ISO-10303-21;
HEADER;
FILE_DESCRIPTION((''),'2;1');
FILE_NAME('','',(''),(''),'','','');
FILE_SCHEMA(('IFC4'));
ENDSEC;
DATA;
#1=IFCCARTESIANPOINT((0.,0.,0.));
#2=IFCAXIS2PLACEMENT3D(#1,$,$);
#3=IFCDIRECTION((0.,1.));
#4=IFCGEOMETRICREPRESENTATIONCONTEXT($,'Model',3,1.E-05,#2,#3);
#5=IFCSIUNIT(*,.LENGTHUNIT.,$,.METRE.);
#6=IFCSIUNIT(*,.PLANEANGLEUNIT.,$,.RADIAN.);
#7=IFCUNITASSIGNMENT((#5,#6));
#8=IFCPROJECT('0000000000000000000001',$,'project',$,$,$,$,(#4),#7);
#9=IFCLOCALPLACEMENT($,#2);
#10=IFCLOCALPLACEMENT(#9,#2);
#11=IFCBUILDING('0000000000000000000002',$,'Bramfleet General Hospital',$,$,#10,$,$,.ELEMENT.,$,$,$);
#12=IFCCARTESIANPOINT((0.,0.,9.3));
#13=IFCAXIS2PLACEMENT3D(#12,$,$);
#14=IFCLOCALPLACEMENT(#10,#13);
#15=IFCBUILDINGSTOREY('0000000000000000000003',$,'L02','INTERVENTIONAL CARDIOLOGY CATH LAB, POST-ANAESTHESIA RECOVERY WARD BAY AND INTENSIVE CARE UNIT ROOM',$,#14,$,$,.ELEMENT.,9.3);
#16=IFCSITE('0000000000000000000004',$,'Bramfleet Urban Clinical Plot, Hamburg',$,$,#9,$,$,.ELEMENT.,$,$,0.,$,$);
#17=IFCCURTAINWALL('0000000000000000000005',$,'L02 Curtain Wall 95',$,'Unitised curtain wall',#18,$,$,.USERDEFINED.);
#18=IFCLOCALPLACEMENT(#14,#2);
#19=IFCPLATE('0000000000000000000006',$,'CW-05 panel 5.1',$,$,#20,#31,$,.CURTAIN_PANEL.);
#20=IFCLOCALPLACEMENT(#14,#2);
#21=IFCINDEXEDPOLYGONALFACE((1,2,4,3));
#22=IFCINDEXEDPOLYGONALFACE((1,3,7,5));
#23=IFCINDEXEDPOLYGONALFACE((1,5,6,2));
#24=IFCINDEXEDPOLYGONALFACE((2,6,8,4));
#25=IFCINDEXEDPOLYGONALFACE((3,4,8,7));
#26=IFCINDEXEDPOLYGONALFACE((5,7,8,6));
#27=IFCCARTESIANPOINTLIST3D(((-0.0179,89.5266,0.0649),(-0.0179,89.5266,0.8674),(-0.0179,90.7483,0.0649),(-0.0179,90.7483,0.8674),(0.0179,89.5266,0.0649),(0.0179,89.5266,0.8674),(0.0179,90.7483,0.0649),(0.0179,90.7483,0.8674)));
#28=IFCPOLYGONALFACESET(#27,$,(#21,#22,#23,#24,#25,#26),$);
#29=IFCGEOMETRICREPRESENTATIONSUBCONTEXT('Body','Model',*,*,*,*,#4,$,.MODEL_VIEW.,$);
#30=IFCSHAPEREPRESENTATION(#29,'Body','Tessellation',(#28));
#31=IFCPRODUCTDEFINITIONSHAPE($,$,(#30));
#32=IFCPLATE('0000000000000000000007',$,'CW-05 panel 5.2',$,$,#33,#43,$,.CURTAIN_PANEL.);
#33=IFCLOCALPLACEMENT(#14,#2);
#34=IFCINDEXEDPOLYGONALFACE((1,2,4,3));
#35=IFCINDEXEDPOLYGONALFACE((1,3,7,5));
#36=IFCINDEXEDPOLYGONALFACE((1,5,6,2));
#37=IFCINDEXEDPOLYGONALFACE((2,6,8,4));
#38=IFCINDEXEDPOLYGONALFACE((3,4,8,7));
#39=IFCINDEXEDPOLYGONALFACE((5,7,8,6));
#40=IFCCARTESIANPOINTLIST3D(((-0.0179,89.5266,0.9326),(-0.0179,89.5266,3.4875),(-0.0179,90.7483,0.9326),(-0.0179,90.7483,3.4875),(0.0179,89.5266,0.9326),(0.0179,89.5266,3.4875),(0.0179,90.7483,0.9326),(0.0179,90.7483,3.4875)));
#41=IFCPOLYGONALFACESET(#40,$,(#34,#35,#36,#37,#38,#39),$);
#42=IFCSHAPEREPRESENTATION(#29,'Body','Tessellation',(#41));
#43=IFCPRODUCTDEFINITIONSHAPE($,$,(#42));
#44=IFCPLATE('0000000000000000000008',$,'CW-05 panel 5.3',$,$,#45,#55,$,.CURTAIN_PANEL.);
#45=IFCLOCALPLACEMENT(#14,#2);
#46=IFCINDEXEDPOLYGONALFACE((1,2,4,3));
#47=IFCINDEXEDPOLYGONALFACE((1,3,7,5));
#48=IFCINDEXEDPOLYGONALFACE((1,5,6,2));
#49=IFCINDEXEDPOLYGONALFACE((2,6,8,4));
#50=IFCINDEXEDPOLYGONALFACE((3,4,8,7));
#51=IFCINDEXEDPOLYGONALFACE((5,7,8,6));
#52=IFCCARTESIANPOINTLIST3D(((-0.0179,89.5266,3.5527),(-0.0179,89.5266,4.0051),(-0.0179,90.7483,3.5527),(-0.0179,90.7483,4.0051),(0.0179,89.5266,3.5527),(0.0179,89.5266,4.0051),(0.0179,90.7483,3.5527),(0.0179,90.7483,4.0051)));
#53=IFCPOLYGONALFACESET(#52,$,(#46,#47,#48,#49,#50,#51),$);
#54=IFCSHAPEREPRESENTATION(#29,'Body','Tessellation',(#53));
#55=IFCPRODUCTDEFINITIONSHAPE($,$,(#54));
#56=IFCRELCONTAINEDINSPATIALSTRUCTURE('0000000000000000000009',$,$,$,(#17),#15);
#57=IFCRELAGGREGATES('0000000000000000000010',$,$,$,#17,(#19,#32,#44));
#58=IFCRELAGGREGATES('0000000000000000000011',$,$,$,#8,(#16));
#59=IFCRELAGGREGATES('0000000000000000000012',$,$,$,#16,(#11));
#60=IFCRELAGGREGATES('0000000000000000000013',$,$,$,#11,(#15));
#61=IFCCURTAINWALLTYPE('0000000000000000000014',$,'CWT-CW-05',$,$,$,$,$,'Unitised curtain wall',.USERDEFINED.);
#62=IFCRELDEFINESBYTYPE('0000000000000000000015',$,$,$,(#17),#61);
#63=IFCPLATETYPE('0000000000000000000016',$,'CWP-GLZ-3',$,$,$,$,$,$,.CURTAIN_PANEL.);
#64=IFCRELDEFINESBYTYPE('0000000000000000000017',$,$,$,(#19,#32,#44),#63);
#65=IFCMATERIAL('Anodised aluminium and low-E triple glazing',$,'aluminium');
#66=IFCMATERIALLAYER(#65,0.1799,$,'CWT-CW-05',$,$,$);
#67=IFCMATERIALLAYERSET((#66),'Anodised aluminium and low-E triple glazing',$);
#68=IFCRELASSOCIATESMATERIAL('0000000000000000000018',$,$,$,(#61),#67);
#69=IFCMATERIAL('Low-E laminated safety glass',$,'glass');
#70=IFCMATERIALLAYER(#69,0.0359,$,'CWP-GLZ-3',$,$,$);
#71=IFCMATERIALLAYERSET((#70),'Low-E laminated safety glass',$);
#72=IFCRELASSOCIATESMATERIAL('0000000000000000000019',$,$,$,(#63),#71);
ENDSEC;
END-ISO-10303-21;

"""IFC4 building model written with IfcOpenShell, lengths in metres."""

from ifc_helpers import new_model, si_unit, direction, frame, origin, origin_2d, place, context, subcontext, project, spatial, rectangle, extrude, material, layer, layer_set, type_object, element, aggregate, save


model = new_model("IFC4")

# Units and contexts
model_context = context("Model", 3, precision=1e-05, world=origin(), true_north=direction((0.0, 1.0)))
body_context = subcontext(model_context, "Body", "Model", "MODEL_VIEW")
ifc_project = project(units=[si_unit("LENGTHUNIT", "METRE"), si_unit("PLANEANGLEUNIT", "RADIAN")], contexts=[model_context])

# Site, building, storey
site_placement = place(None, origin())
site = spatial("IfcSite", under=ifc_project, at=site_placement, Name="Bramfleet Urban Clinical Plot, Hamburg", CompositionType="ELEMENT", RefElevation=0.0)
building_placement = place(site_placement, origin())
building = spatial("IfcBuilding", under=site, at=building_placement, Name="Bramfleet General Hospital", CompositionType="ELEMENT")
storey_placement = place(building_placement, frame((0.0, 0.0, 9.3)))
storey = spatial("IfcBuildingStorey", under=building, at=storey_placement, Name="L02", Description="INTERVENTIONAL CARDIOLOGY CATH LAB, POST-ANAESTHESIA RECOVERY WARD BAY AND INTENSIVE CARE UNIT ROOM", CompositionType="ELEMENT", Elevation=9.3)

# Curtain wall, plates
ifc_material_1 = material(Name="Anodised aluminium and low-E triple glazing", Category="aluminium")
ifc_layer_1 = layer(ifc_material_1, 0.1799, Name="CWT-CW-05")
ifc_layer_set_1 = layer_set([ifc_layer_1], Name="Anodised aluminium and low-E triple glazing")
curtain_wall_type = type_object("IfcCurtainWallType", Name="CWT-CW-05", ElementType="Unitised curtain wall", PredefinedType="USERDEFINED", material=ifc_layer_set_1)
curtain_wall_placement = place(storey_placement, origin())
curtain_wall = element("IfcCurtainWall", 1, at=curtain_wall_placement, inside=storey, type_object=curtain_wall_type, Name="L02 Curtain Wall 95", ObjectType="Unitised curtain wall", PredefinedType="USERDEFINED")
ifc_material_2 = material(Name="Low-E laminated safety glass", Category="glass")
ifc_layer_2 = layer(ifc_material_2, 0.0359, Name="CWP-GLZ-3")
ifc_layer_set_2 = layer_set([ifc_layer_2], Name="Low-E laminated safety glass")
plate_type = type_object("IfcPlateType", Name="CWP-GLZ-3", PredefinedType="CURTAIN_PANEL", material=ifc_layer_set_2)
plate_1_placement = place(storey_placement, frame((0.0, 90.1375, 0.0649), z_axis=(0.0, 0.0, 1.0), x_axis=(0.0, 1.0, 0.0)))
plate_1 = element("IfcPlate", 2, at=plate_1_placement, type_object=plate_type, Name="CW-05 panel 5.1", PredefinedType="CURTAIN_PANEL", context=body_context, shape_type="SweptSolid", body=[
    extrude(rectangle(XDim=1.2217, YDim=0.0359, at=origin_2d()), origin(), (0.0, 0.0, 1.0), 0.8025),
])
plate_2_placement = place(storey_placement, frame((0.0, 90.1375, 0.9326), z_axis=(0.0, 0.0, 1.0), x_axis=(0.0, 1.0, 0.0)))
plate_2 = element("IfcPlate", 3, at=plate_2_placement, type_object=plate_type, Name="CW-05 panel 5.2", PredefinedType="CURTAIN_PANEL", context=body_context, shape_type="SweptSolid", body=[
    extrude(rectangle(XDim=1.2217, YDim=0.0359, at=origin_2d()), origin(), (0.0, 0.0, 1.0), 2.5549),
])
plate_3_placement = place(storey_placement, frame((0.0, 90.1375, 3.5527), z_axis=(0.0, 0.0, 1.0), x_axis=(0.0, 1.0, 0.0)))
plate_3 = element("IfcPlate", 4, at=plate_3_placement, type_object=plate_type, Name="CW-05 panel 5.3", PredefinedType="CURTAIN_PANEL", context=body_context, shape_type="SweptSolid", body=[
    extrude(rectangle(XDim=1.2217, YDim=0.0359, at=origin_2d()), origin(), (0.0, 0.0, 1.0), 0.4524),
])
aggregate(curtain_wall, [plate_1, plate_2, plate_3])

save(model, "model.ifc")
